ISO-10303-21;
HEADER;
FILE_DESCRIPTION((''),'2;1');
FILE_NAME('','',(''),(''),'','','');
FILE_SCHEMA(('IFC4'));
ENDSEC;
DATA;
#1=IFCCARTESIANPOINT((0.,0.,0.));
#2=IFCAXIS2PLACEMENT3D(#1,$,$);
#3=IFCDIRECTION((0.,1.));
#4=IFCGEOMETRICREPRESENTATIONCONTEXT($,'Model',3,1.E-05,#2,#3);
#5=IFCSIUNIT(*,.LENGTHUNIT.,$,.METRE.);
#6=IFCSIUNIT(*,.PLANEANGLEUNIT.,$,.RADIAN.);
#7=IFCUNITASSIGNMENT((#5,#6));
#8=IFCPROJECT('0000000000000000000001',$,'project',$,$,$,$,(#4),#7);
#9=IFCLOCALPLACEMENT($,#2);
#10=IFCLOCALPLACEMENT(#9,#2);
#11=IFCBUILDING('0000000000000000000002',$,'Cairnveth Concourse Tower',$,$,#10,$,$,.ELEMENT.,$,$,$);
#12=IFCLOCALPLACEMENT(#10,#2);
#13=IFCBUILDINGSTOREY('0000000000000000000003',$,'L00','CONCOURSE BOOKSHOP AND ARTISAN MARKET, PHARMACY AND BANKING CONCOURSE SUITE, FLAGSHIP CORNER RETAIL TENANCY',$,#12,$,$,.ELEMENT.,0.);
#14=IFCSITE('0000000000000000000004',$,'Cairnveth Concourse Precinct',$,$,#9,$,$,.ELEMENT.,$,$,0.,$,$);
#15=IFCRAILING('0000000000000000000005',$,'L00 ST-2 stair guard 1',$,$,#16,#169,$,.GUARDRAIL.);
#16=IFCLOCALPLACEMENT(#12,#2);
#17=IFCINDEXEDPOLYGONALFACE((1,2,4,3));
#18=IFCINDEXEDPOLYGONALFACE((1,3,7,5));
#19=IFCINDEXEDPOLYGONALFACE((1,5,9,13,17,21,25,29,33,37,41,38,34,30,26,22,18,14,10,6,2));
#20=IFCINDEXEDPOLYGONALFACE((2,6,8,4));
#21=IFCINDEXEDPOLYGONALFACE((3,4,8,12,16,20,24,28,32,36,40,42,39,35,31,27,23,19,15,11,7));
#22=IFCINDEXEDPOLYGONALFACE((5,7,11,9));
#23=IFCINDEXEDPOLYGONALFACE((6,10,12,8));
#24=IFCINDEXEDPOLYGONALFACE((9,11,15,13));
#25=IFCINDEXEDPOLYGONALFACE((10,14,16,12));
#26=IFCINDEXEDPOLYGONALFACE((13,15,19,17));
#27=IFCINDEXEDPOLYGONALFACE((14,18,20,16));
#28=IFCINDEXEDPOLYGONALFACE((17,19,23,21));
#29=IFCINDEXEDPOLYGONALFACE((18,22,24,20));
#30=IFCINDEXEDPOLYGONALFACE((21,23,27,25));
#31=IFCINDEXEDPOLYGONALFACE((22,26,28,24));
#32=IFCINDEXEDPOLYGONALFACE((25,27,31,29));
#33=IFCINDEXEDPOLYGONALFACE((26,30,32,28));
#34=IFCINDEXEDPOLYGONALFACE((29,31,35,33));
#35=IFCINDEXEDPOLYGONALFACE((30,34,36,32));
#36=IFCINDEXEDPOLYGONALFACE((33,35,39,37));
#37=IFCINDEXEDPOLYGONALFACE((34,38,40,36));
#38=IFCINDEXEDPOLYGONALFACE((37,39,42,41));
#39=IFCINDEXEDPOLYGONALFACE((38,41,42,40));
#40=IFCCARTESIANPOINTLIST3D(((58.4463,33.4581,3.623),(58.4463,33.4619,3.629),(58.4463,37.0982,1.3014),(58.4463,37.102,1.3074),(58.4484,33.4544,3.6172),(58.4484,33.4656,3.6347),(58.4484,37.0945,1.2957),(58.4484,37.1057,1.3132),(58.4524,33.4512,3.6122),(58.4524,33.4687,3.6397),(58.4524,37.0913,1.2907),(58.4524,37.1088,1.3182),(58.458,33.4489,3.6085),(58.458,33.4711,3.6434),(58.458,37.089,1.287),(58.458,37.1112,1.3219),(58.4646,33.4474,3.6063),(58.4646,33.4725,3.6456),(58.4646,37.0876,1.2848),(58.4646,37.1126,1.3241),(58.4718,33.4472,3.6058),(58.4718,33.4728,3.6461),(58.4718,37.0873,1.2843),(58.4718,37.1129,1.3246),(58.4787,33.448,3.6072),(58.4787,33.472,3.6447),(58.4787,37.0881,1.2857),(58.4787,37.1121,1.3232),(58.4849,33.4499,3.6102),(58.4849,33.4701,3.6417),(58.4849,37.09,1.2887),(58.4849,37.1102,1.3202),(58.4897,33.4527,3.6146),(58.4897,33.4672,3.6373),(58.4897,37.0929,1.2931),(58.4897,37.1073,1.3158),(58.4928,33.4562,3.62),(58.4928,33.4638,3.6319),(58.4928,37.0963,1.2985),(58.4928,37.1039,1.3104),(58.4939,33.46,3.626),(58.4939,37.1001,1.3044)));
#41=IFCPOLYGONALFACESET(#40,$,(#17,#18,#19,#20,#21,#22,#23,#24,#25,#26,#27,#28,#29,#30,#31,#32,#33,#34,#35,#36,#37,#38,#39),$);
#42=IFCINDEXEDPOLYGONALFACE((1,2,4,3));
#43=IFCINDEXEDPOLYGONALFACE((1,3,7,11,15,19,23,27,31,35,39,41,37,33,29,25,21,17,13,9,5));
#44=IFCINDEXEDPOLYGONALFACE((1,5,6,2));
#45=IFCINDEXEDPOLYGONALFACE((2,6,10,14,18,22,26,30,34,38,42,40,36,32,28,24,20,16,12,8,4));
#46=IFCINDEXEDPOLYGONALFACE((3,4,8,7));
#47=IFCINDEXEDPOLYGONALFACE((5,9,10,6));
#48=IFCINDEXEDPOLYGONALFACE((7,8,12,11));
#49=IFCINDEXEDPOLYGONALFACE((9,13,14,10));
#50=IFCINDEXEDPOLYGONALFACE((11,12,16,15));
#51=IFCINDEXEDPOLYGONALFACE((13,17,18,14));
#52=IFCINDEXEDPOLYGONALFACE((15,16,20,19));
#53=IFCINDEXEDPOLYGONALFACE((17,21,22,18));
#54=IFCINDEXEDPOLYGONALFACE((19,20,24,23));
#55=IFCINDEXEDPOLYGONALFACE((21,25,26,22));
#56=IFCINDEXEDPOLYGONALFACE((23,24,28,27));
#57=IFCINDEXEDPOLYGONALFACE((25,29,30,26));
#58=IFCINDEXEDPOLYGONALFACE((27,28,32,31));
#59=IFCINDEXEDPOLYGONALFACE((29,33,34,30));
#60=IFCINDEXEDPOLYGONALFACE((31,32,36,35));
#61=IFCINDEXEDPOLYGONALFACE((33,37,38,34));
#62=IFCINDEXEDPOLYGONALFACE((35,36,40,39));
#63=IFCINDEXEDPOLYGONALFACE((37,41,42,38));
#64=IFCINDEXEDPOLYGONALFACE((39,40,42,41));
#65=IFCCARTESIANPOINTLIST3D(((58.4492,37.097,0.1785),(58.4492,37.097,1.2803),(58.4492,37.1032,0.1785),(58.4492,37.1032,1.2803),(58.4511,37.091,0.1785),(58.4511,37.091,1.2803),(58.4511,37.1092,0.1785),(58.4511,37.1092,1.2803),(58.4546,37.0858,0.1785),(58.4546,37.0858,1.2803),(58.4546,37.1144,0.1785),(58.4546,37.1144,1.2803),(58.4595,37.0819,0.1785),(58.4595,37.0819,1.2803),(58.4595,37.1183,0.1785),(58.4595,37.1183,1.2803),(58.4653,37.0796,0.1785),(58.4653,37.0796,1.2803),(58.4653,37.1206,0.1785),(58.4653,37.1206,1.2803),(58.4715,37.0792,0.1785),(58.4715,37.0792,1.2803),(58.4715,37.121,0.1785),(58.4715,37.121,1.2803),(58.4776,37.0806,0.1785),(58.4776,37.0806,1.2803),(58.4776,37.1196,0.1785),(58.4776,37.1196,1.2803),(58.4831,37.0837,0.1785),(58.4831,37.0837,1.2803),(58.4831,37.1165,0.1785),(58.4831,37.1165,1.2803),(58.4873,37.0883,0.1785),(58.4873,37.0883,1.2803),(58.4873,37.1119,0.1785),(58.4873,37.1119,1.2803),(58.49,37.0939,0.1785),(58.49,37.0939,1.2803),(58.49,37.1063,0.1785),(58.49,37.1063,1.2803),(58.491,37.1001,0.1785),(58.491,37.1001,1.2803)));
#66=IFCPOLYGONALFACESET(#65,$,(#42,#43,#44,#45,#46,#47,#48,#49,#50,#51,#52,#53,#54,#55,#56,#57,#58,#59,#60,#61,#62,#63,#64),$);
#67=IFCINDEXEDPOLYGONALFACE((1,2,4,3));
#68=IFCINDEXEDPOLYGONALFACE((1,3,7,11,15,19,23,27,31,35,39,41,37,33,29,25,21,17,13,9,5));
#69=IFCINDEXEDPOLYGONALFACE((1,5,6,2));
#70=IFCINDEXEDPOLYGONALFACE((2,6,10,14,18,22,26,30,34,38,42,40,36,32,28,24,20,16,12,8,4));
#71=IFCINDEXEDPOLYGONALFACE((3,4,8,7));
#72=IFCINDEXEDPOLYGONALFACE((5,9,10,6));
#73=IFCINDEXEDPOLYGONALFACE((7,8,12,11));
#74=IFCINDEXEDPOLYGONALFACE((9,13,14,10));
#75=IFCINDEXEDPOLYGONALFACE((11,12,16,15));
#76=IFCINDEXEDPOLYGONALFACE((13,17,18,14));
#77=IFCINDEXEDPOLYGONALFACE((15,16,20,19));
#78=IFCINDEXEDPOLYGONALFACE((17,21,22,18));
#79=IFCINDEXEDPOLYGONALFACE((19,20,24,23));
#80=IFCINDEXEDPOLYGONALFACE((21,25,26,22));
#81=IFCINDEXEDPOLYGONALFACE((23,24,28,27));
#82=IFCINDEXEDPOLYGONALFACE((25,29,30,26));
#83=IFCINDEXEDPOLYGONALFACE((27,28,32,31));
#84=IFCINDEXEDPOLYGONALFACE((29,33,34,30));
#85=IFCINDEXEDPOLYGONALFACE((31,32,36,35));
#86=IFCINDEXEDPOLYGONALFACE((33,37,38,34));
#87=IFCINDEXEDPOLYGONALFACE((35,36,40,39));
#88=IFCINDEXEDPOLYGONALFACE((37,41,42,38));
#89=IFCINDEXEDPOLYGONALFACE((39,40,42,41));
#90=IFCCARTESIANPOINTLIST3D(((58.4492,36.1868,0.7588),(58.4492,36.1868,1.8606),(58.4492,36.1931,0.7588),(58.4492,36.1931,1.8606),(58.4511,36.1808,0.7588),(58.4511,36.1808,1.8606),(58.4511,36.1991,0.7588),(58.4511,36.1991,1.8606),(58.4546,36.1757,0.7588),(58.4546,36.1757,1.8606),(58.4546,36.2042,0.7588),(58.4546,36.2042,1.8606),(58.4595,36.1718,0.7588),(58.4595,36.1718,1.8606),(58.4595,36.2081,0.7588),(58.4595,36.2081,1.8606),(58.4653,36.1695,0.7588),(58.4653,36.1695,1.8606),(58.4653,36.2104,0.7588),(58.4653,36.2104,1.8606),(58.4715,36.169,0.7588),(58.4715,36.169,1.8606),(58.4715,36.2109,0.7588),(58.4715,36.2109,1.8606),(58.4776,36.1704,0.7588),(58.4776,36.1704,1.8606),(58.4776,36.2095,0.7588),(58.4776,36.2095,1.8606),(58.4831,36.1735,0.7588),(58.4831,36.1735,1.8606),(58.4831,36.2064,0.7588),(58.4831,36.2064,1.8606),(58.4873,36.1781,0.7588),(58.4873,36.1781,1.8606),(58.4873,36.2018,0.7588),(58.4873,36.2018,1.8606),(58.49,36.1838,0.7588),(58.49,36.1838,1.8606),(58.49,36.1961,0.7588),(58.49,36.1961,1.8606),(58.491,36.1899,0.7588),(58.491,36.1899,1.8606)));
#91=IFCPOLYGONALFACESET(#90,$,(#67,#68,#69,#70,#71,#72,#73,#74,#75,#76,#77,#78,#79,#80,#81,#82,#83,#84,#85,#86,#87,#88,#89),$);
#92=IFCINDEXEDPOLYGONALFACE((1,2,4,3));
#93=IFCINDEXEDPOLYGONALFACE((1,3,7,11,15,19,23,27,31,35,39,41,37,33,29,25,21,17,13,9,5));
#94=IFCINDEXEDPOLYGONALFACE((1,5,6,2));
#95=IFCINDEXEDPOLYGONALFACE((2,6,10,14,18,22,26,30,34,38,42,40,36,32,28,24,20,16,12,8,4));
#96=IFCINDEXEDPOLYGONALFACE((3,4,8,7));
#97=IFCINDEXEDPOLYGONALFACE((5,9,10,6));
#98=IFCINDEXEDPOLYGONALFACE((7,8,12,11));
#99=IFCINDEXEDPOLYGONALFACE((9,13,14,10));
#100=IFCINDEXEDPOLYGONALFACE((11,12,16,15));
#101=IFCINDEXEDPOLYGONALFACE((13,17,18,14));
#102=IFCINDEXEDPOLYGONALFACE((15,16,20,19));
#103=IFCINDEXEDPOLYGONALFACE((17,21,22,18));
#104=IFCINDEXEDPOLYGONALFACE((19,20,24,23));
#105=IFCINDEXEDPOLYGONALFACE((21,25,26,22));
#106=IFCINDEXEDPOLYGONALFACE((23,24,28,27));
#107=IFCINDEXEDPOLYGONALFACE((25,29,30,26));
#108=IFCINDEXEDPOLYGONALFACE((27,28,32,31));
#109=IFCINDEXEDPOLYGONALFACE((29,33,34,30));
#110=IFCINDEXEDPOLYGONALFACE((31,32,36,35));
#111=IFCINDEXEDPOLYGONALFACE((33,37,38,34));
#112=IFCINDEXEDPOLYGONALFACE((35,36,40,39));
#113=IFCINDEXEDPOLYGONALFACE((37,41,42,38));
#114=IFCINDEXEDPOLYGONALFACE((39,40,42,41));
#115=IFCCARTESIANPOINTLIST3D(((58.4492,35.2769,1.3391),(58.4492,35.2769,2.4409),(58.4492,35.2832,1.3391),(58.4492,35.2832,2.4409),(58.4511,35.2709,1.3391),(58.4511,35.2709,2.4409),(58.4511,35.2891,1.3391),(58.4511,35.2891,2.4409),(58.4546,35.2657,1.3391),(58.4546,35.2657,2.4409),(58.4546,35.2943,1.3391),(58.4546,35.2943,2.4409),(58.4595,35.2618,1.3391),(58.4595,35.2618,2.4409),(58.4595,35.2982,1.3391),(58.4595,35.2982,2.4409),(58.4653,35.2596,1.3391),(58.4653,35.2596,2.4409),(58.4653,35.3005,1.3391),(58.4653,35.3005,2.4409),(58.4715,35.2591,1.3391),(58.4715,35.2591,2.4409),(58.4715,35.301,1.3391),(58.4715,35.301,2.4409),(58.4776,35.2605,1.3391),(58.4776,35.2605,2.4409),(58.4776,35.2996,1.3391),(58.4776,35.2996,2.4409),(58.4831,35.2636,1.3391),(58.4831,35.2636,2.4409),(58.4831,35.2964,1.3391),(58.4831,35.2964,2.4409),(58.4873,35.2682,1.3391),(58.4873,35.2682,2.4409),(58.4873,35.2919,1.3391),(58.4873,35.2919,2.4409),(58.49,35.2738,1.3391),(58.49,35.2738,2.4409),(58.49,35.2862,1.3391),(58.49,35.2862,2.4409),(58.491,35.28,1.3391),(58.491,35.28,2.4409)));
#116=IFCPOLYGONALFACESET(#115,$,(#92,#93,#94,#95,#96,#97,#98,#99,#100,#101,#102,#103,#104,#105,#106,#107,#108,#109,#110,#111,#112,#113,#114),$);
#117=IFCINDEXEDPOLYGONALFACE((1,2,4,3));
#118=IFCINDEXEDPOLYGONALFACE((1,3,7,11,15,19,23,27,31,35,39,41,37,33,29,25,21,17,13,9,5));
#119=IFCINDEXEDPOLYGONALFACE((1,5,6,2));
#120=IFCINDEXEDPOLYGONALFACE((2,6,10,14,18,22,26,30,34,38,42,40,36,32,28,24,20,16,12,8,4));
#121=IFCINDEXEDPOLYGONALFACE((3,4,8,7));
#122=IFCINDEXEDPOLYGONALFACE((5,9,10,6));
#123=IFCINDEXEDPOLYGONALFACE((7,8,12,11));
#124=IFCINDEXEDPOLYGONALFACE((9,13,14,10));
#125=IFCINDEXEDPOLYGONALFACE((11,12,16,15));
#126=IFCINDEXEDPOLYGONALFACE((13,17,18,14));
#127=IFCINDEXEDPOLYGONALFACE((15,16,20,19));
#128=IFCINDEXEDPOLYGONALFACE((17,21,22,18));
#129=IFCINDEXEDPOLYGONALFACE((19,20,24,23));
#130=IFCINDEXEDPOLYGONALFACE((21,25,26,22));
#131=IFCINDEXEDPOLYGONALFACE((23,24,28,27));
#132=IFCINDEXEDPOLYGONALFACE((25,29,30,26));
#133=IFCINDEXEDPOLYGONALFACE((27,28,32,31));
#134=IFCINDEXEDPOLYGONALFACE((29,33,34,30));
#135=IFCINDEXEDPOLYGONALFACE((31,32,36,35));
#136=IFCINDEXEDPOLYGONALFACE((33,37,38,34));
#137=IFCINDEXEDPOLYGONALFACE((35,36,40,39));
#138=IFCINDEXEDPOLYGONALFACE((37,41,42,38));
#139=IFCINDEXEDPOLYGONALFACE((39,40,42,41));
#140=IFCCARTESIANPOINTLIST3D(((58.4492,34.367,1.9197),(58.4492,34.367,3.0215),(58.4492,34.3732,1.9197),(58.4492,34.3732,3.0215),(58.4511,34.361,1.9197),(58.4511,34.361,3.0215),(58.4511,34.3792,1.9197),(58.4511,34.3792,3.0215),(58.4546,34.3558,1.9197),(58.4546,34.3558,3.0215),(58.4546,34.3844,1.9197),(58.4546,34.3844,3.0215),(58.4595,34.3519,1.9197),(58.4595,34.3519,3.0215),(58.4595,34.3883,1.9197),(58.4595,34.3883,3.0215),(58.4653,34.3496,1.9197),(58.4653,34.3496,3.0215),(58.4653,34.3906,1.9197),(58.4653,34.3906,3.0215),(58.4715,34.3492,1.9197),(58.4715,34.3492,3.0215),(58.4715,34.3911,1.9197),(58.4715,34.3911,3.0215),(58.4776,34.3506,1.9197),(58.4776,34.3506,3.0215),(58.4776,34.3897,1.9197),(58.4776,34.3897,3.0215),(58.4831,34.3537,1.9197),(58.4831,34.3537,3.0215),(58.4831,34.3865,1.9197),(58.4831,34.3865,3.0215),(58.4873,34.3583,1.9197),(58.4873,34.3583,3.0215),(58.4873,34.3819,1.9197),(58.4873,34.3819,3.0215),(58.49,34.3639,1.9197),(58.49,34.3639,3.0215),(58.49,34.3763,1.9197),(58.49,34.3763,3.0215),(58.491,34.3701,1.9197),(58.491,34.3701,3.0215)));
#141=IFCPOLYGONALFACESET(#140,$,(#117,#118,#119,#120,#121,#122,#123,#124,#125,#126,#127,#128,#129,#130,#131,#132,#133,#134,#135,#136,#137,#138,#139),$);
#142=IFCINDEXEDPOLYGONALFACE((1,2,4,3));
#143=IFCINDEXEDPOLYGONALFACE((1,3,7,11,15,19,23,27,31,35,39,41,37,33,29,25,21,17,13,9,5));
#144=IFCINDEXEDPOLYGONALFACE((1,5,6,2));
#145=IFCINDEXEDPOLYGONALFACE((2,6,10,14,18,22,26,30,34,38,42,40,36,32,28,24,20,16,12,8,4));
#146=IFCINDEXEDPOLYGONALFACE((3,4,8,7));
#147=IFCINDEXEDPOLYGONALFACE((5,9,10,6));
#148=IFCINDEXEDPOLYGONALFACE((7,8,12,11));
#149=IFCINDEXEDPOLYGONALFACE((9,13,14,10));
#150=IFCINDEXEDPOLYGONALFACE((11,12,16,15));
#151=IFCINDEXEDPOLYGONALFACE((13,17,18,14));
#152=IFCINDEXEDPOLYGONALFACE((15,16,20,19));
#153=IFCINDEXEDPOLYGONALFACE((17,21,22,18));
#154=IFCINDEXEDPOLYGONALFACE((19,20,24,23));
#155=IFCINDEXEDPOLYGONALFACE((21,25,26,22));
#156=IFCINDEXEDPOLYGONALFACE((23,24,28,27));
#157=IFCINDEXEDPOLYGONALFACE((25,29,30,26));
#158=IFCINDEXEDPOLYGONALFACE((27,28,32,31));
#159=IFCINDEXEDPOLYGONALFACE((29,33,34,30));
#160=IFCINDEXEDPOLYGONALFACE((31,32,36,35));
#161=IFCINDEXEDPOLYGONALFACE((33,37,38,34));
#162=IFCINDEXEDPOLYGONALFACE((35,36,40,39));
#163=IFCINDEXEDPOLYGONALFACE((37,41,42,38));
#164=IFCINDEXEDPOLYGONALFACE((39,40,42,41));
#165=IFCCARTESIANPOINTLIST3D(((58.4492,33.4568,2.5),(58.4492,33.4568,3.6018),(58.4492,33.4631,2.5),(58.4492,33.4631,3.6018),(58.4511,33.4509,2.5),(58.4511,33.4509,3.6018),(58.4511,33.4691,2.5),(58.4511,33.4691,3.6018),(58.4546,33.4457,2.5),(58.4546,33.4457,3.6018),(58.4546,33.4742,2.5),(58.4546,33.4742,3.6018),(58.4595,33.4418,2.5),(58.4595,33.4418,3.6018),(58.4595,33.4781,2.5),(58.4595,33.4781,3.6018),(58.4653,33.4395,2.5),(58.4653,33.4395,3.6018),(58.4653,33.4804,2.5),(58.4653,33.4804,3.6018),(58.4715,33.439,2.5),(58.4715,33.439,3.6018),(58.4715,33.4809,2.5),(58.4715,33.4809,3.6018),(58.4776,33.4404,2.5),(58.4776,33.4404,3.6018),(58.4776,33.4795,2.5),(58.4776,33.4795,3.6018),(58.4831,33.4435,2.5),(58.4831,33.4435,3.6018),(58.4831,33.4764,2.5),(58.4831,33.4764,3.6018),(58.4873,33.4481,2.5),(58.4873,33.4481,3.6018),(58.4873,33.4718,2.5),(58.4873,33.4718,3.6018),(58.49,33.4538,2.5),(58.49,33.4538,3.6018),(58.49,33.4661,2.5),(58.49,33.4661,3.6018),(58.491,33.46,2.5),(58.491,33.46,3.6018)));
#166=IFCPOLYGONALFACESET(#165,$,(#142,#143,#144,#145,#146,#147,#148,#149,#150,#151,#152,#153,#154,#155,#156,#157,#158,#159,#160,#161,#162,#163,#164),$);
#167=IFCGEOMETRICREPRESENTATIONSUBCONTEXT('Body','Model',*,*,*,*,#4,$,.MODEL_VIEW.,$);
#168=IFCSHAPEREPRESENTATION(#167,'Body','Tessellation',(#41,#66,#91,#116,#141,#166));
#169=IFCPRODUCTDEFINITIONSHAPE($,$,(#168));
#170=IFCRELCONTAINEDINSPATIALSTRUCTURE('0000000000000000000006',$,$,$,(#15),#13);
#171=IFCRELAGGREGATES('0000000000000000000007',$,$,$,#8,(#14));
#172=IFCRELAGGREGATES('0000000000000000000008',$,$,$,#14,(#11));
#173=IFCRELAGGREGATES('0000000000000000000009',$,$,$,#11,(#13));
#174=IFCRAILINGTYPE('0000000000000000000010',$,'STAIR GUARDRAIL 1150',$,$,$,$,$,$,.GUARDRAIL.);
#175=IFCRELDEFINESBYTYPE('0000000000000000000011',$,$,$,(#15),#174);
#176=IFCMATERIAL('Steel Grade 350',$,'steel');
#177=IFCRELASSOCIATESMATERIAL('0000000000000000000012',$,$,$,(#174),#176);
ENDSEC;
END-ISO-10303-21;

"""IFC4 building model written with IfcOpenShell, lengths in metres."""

from ifc_helpers import new_model, si_unit, direction, frame, origin, origin_2d, place, context, subcontext, project, spatial, circle, extrude, material, type_object, element, save


model = new_model("IFC4")

# Units and contexts
model_context = context("Model", 3, precision=1e-05, world=origin(), true_north=direction((0.0, 1.0)))
body_context = subcontext(model_context, "Body", "Model", "MODEL_VIEW")
ifc_project = project(units=[si_unit("LENGTHUNIT", "METRE"), si_unit("PLANEANGLEUNIT", "RADIAN")], contexts=[model_context])

# Site, building, storey
site_placement = place(None, origin())
site = spatial("IfcSite", under=ifc_project, at=site_placement, Name="Cairnveth Concourse Precinct", CompositionType="ELEMENT", RefElevation=0.0)
building_placement = place(site_placement, origin())
building = spatial("IfcBuilding", under=site, at=building_placement, Name="Cairnveth Concourse Tower", CompositionType="ELEMENT")
storey_placement = place(building_placement, origin())
storey = spatial("IfcBuildingStorey", under=building, at=storey_placement, Name="L00", Description="CONCOURSE BOOKSHOP AND ARTISAN MARKET, PHARMACY AND BANKING CONCOURSE SUITE, FLAGSHIP CORNER RETAIL TENANCY", CompositionType="ELEMENT", Elevation=0.0)

# Shared definitions
ifc_material_1 = material(Name="Steel Grade 350", Category="steel")

# Railing
railing_type = type_object("IfcRailingType", Name="STAIR GUARDRAIL 1150", PredefinedType="GUARDRAIL", material=ifc_material_1)
railing_1_placement = place(storey_placement, frame((58.47, 37.1001, 0.1785)))
element("IfcRailing", 1, at=railing_1_placement, inside=storey, type_object=railing_type, Name="L00 ST-2 stair guard 1", PredefinedType="GUARDRAIL", context=body_context, shape_type="SweptSolid", body=[
    extrude(circle(Radius=0.0239, at=origin_2d()), frame((0.0, 0.0, 1.126), z_axis=(0.0, -0.843128, 0.537713), x_axis=(1.0, 0.0, 0.0)), (0.0, 0.0, 1.0), 4.3174),
    extrude(circle(Radius=0.021, at=origin_2d()), origin(), (0.0, 0.0, 1.0), 1.1018),
    extrude(circle(Radius=0.021, at=origin_2d()), frame((0.0, -0.9102, 0.5803)), (0.0, 0.0, 1.0), 1.1018),
    extrude(circle(Radius=0.021, at=origin_2d()), frame((0.0, -1.8201, 1.1606)), (0.0, 0.0, 1.0), 1.1018),
    extrude(circle(Radius=0.021, at=origin_2d()), frame((0.0, -2.73, 1.7412)), (0.0, 0.0, 1.0), 1.1018),
    extrude(circle(Radius=0.021, at=origin_2d()), frame((0.0, -3.6401, 2.3215)), (0.0, 0.0, 1.0), 1.1018),
])

save(model, "model.ifc")
